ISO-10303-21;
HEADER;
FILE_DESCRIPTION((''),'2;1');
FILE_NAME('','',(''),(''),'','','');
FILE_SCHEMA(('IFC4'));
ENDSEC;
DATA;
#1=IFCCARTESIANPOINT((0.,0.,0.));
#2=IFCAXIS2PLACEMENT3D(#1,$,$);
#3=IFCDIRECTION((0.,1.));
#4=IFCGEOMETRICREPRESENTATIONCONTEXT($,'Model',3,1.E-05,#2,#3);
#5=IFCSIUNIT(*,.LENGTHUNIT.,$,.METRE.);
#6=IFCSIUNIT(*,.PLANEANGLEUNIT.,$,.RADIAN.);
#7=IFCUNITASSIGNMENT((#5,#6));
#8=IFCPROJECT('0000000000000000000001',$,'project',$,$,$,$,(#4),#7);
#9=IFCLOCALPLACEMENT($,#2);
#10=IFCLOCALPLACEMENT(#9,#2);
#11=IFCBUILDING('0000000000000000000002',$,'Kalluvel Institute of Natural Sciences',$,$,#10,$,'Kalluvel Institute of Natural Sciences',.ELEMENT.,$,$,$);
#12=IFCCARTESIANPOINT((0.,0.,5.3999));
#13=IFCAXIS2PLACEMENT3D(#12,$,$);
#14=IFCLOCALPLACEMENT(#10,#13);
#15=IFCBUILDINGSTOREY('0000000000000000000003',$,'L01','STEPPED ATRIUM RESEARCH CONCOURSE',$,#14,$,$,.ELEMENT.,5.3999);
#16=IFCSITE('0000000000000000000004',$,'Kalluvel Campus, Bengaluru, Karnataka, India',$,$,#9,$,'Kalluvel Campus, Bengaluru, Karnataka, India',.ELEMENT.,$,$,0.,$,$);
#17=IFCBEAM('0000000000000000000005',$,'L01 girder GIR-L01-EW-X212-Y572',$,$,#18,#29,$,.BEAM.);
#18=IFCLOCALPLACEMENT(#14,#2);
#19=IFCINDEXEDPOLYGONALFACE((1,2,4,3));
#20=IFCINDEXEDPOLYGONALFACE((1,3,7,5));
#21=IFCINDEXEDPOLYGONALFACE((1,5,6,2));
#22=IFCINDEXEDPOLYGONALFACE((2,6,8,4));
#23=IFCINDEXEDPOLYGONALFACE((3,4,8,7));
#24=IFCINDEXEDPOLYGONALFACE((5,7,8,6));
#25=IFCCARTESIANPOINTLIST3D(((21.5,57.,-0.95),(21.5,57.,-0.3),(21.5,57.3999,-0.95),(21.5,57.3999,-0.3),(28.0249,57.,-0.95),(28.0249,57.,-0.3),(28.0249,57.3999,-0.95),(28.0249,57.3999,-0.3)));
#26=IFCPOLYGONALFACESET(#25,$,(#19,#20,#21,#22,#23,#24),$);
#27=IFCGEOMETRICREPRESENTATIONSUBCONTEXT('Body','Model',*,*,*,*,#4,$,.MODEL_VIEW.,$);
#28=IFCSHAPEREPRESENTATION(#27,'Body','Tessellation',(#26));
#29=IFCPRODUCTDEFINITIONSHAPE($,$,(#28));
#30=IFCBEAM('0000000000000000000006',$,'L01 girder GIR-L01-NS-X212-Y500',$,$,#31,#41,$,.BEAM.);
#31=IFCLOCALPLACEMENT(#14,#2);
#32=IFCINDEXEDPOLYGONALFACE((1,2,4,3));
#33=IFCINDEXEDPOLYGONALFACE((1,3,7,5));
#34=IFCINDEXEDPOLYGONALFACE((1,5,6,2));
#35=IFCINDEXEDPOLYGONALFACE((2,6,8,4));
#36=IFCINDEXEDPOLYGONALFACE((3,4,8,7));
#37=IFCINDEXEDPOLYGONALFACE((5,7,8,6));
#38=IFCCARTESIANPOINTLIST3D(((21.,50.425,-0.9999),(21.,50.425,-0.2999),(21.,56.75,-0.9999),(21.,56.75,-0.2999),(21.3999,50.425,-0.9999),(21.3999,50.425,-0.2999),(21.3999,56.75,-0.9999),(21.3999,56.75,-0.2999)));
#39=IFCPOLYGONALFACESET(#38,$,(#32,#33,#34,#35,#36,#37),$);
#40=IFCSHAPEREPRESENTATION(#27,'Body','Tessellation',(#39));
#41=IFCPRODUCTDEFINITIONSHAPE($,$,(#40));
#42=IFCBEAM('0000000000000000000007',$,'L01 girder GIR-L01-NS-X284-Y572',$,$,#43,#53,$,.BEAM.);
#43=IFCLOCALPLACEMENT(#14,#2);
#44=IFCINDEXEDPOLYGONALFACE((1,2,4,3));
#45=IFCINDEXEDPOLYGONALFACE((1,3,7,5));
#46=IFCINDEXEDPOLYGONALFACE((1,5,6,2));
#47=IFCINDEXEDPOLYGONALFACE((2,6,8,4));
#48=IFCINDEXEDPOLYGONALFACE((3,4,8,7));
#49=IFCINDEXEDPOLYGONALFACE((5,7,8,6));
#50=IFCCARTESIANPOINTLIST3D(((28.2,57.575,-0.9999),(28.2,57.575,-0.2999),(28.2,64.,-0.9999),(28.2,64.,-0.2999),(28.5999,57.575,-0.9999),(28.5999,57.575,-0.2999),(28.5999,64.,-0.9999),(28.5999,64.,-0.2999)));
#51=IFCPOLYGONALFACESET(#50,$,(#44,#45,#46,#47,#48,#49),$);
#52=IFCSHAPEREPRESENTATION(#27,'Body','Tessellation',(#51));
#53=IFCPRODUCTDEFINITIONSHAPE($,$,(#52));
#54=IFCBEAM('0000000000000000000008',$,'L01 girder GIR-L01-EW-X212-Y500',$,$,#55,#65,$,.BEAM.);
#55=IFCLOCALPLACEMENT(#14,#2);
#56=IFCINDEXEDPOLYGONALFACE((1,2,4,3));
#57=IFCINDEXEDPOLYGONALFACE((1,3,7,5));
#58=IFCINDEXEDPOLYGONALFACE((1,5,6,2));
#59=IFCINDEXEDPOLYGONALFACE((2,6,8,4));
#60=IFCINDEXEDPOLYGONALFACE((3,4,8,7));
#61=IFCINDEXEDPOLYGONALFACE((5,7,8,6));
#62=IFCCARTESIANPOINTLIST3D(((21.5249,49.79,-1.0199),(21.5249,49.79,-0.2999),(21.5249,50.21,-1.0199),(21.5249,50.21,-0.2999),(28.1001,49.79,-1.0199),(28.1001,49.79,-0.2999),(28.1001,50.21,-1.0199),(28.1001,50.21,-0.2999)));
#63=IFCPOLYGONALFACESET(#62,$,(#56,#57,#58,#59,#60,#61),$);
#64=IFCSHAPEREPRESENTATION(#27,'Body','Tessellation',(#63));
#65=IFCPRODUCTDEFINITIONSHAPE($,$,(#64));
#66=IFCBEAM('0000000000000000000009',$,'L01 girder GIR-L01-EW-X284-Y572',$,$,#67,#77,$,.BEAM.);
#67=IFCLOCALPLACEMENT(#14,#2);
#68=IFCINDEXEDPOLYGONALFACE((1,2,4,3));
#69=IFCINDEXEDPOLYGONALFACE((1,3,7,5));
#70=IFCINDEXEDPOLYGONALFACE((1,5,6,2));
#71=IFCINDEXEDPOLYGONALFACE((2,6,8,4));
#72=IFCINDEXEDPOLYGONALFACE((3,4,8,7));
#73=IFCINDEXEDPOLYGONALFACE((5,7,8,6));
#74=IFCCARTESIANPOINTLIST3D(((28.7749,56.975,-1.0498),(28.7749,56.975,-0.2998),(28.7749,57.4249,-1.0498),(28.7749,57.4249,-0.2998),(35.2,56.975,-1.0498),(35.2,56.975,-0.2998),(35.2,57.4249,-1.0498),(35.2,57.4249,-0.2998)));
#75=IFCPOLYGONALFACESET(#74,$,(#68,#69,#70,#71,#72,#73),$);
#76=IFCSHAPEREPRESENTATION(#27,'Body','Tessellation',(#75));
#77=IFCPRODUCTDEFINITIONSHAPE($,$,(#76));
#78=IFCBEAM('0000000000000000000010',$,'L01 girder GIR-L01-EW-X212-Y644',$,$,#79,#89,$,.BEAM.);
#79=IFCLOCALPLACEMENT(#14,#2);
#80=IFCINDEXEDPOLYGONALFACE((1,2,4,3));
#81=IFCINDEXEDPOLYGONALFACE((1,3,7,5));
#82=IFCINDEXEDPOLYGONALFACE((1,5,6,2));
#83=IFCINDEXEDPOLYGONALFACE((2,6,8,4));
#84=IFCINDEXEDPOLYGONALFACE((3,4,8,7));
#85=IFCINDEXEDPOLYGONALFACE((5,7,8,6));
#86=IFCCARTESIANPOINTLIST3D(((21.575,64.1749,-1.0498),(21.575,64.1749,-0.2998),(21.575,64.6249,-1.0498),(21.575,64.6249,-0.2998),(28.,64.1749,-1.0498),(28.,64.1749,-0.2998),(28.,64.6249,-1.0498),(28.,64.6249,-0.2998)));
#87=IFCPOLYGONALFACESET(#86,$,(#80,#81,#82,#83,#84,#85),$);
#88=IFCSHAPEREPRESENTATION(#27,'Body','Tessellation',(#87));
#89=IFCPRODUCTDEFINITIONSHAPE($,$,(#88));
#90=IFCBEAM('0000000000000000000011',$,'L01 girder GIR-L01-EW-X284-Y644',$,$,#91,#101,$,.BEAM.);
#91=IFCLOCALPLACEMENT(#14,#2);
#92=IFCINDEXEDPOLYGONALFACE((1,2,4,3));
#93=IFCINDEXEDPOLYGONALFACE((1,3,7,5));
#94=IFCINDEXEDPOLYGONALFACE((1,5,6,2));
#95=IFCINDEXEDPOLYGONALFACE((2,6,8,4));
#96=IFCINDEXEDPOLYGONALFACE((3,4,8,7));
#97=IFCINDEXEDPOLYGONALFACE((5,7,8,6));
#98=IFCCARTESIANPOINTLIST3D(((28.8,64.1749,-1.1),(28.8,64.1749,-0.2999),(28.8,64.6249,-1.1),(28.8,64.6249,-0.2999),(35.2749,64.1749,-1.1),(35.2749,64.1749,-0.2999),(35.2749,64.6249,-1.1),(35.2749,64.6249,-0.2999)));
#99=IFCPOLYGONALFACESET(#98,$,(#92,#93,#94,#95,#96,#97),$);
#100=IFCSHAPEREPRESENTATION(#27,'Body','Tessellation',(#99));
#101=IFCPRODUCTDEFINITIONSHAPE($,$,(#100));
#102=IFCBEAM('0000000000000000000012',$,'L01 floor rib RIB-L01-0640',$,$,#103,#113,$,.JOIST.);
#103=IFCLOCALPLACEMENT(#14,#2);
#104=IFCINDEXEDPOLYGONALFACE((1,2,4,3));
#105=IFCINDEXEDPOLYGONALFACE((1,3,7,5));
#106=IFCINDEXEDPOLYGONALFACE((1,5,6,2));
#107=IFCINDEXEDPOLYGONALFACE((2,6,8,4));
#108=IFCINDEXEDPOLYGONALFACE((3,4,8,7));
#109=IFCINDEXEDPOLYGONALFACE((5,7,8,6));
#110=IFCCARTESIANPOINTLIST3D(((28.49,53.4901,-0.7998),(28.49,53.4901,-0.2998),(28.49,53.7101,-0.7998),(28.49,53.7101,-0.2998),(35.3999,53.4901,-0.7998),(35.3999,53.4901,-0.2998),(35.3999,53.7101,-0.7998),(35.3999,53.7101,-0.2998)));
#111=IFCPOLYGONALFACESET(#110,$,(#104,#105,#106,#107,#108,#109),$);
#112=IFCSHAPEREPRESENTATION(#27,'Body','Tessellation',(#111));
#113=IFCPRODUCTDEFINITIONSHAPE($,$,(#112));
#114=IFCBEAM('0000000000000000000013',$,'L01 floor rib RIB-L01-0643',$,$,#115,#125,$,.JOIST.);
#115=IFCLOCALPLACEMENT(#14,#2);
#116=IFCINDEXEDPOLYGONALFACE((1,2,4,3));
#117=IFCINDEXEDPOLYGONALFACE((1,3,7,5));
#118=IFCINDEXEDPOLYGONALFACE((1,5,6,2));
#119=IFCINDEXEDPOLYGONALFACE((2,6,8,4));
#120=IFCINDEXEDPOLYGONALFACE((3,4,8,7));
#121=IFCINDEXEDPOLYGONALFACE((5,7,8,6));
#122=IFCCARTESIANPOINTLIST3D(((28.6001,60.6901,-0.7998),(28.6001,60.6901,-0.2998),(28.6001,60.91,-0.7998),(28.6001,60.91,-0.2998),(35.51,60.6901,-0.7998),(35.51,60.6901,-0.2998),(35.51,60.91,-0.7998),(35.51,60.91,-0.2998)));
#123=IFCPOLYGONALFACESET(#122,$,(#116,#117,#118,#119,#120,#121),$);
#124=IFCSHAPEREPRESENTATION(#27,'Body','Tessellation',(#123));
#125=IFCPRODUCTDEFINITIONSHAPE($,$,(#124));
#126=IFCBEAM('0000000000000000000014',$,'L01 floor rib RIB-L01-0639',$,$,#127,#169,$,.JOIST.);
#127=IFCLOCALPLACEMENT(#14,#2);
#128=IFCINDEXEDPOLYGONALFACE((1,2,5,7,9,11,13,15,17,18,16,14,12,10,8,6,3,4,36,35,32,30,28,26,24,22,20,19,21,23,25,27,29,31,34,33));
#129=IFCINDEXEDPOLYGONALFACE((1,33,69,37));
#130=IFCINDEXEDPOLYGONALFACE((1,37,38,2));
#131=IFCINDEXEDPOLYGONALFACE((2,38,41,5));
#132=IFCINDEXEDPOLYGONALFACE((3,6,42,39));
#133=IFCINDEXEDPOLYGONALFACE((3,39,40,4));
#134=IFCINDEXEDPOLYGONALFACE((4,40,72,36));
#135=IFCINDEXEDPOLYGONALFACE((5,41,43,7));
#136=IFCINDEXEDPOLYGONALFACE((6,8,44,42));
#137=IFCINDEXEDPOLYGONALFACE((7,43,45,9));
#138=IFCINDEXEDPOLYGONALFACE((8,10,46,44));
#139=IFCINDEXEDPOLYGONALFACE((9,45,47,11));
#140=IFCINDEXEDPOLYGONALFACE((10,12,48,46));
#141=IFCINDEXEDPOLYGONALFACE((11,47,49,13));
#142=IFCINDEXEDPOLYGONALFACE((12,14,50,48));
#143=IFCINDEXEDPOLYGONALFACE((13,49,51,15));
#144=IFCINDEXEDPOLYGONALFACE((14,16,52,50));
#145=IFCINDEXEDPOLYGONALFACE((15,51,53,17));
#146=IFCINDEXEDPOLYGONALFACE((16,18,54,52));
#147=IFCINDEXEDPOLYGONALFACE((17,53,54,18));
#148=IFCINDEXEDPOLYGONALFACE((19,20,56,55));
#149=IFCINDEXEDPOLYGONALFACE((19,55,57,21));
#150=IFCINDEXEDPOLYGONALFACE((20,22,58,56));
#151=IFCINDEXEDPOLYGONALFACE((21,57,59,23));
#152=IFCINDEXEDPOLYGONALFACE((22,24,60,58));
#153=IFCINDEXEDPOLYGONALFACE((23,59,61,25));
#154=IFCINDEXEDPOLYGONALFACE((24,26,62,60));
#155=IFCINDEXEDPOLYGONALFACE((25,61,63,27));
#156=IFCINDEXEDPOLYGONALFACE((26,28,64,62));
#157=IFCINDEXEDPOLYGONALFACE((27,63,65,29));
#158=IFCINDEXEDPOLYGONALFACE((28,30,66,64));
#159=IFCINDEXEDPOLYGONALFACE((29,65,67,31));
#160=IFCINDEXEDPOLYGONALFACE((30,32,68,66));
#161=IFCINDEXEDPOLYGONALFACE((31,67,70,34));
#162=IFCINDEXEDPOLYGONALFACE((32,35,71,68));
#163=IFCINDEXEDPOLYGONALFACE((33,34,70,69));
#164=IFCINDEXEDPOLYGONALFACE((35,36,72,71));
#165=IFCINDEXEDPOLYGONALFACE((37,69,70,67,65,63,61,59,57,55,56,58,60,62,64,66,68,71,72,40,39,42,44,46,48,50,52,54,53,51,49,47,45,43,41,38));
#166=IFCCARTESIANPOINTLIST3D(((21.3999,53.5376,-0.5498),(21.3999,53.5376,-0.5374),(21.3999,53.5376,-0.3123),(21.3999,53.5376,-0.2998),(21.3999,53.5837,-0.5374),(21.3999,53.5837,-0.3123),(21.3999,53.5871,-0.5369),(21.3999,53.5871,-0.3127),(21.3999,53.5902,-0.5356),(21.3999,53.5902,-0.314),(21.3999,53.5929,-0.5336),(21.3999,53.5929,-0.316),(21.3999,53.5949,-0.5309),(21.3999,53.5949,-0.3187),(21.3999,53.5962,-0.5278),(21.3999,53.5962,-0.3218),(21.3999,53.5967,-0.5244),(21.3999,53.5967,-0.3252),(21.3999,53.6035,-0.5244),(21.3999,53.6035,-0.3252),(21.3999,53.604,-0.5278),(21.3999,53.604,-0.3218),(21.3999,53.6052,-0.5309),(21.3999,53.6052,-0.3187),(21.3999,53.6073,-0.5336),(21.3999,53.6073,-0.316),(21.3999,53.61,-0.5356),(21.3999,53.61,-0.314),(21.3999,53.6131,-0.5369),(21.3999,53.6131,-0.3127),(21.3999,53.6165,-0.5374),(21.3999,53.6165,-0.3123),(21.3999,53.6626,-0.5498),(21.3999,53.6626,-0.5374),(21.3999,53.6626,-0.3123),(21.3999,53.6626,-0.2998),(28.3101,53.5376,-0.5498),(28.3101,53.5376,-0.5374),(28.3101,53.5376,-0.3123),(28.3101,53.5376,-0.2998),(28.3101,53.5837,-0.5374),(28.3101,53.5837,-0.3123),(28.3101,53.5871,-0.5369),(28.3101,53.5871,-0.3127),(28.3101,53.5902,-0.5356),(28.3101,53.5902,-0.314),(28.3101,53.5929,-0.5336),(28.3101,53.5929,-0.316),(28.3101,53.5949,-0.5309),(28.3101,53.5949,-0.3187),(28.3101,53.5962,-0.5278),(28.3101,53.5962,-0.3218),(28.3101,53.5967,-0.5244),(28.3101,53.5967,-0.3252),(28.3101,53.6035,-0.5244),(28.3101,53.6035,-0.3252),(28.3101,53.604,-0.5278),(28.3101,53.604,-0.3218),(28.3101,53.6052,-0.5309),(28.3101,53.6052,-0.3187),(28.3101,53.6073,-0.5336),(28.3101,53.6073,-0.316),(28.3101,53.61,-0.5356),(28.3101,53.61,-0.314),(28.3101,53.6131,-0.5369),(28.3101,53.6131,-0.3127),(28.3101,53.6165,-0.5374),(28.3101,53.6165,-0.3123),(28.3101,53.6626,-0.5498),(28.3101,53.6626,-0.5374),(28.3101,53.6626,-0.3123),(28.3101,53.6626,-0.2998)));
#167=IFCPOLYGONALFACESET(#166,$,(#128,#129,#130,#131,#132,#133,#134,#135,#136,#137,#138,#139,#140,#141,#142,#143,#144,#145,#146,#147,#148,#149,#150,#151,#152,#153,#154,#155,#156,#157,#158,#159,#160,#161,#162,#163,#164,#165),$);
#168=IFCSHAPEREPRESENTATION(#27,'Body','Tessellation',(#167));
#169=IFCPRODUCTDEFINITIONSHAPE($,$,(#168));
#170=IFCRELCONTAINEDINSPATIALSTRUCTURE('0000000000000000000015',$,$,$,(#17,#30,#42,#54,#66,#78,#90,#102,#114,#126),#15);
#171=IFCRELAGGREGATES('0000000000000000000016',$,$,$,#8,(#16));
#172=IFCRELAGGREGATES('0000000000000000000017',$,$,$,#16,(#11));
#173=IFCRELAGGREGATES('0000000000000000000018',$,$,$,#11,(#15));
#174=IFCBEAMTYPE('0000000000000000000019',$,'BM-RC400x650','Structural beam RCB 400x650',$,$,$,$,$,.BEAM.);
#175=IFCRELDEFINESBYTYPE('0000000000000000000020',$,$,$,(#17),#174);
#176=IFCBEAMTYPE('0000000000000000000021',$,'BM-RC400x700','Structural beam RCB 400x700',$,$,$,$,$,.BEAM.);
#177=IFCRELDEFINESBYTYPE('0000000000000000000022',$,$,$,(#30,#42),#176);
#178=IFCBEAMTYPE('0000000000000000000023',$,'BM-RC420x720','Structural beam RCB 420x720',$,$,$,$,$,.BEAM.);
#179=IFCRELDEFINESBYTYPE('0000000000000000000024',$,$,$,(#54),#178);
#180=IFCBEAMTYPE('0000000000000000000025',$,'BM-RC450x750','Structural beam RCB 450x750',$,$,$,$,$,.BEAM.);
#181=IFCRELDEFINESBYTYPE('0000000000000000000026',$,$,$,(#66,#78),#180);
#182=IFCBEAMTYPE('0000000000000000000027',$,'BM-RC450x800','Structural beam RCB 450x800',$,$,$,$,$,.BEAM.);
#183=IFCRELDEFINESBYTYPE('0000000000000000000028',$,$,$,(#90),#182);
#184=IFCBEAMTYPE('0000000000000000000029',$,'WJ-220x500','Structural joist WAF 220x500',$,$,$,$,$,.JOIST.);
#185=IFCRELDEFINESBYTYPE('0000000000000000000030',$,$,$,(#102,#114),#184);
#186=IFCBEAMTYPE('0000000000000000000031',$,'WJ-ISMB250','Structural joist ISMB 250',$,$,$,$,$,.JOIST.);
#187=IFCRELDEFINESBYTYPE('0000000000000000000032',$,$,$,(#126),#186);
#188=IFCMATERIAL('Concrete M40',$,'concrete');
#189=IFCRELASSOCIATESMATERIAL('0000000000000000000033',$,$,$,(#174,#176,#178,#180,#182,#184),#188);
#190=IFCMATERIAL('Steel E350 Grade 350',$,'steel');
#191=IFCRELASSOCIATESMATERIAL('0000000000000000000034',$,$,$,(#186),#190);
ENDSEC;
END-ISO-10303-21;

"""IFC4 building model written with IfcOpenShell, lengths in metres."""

from ifc_helpers import new_model, si_unit, direction, frame, origin, origin_2d, place, context, subcontext, project, spatial, rectangle, i_section, extrude, material, material_profile, profile_set, type_object, element, save


model = new_model("IFC4")

# Units and contexts
model_context = context("Model", 3, precision=1e-05, world=origin(), true_north=direction((0.0, 1.0)))
body_context = subcontext(model_context, "Body", "Model", "MODEL_VIEW")
ifc_project = project(units=[si_unit("LENGTHUNIT", "METRE"), si_unit("PLANEANGLEUNIT", "RADIAN")], contexts=[model_context])

# Site, building, storey
site_placement = place(None, origin())
site = spatial("IfcSite", under=ifc_project, at=site_placement, Name="Kalluvel Campus, Bengaluru, Karnataka, India", LongName="Kalluvel Campus, Bengaluru, Karnataka, India", CompositionType="ELEMENT", RefElevation=0.0)
building_placement = place(site_placement, origin())
building = spatial("IfcBuilding", under=site, at=building_placement, Name="Kalluvel Institute of Natural Sciences", LongName="Kalluvel Institute of Natural Sciences", CompositionType="ELEMENT")
storey_placement = place(building_placement, frame((0.0, 0.0, 5.3999)))
storey = spatial("IfcBuildingStorey", under=building, at=storey_placement, Name="L01", Description="STEPPED ATRIUM RESEARCH CONCOURSE", CompositionType="ELEMENT", Elevation=5.3999)

# Beams
ifc_material_1 = material(Name="Steel E350 Grade 350", Category="steel")
ifc_material_2 = material(Name="Concrete M40", Category="concrete")
ifc_material_profile_1 = material_profile(ifc_material_2, rectangle(XDim=0.3999, YDim=0.6499, at=origin_2d()), Name="RCB 400x650")
ifc_profile_set_1 = profile_set([ifc_material_profile_1], Name="Concrete M40")
beam_type_1 = type_object("IfcBeamType", Name="BM-RC400x650", Description="Structural beam RCB 400x650", PredefinedType="BEAM", material=ifc_profile_set_1)
beam_1_placement = place(storey_placement, frame((21.5, 57.2, -0.625), z_axis=(1.0, 0.0, 0.0), x_axis=(0.0, 1.0, 0.0)))
element("IfcBeam", 1, at=beam_1_placement, inside=storey, type_object=beam_type_1, Name="L01 girder GIR-L01-EW-X212-Y572", PredefinedType="BEAM", context=body_context, shape_type="SweptSolid", body=[
    extrude(rectangle(XDim=0.3999, YDim=0.6499, at=origin_2d()), origin(), (0.0, 0.0, 1.0), 6.5249),
])
ifc_material_profile_2 = material_profile(ifc_material_2, rectangle(XDim=0.3999, YDim=0.7, at=origin_2d()), Name="RCB 400x700")
ifc_profile_set_2 = profile_set([ifc_material_profile_2], Name="Concrete M40")
beam_type_2 = type_object("IfcBeamType", Name="BM-RC400x700", Description="Structural beam RCB 400x700", PredefinedType="BEAM", material=ifc_profile_set_2)
beam_2_placement = place(storey_placement, frame((21.2, 50.425, -0.6499), z_axis=(0.0, 1.0, 0.0), x_axis=(-1.0, 0.0, 0.0)))
element("IfcBeam", 2, at=beam_2_placement, inside=storey, type_object=beam_type_2, Name="L01 girder GIR-L01-NS-X212-Y500", PredefinedType="BEAM", context=body_context, shape_type="SweptSolid", body=[
    extrude(rectangle(XDim=0.3999, YDim=0.7, at=origin_2d()), origin(), (0.0, 0.0, 1.0), 6.325),
])
beam_3_placement = place(storey_placement, frame((28.3999, 57.575, -0.6499), z_axis=(0.0, 1.0, 0.0), x_axis=(-1.0, 0.0, 0.0)))
element("IfcBeam", 3, at=beam_3_placement, inside=storey, type_object=beam_type_2, Name="L01 girder GIR-L01-NS-X284-Y572", PredefinedType="BEAM", context=body_context, shape_type="SweptSolid", body=[
    extrude(rectangle(XDim=0.3999, YDim=0.7, at=origin_2d()), origin(), (0.0, 0.0, 1.0), 6.425),
])
ifc_material_profile_3 = material_profile(ifc_material_2, rectangle(XDim=0.4199, YDim=0.72, at=origin_2d()), Name="RCB 420x720")
ifc_profile_set_3 = profile_set([ifc_material_profile_3], Name="Concrete M40")
beam_type_3 = type_object("IfcBeamType", Name="BM-RC420x720", Description="Structural beam RCB 420x720", PredefinedType="BEAM", material=ifc_profile_set_3)
beam_4_placement = place(storey_placement, frame((21.5249, 50.0, -0.6599), z_axis=(1.0, 0.0, 0.0), x_axis=(0.0, 1.0, 0.0)))
element("IfcBeam", 4, at=beam_4_placement, inside=storey, type_object=beam_type_3, Name="L01 girder GIR-L01-EW-X212-Y500", PredefinedType="BEAM", context=body_context, shape_type="SweptSolid", body=[
    extrude(rectangle(XDim=0.4199, YDim=0.72, at=origin_2d()), origin(), (0.0, 0.0, 1.0), 6.5752),
])
ifc_material_profile_4 = material_profile(ifc_material_2, rectangle(XDim=0.45, YDim=0.75, at=origin_2d()), Name="RCB 450x750")
ifc_profile_set_4 = profile_set([ifc_material_profile_4], Name="Concrete M40")
beam_type_4 = type_object("IfcBeamType", Name="BM-RC450x750", Description="Structural beam RCB 450x750", PredefinedType="BEAM", material=ifc_profile_set_4)
for number, where, z_axis, x_axis, name in (
    (5, (28.7749, 57.2, -0.6748), (1.0, 0.0, 0.0), (0.0, 1.0, 0.0), "L01 girder GIR-L01-EW-X284-Y572"),
    (6, (21.575, 64.3999, -0.6748), (1.0, 0.0, 0.0), (0.0, 1.0, 0.0), "L01 girder GIR-L01-EW-X212-Y644"),
):
    element("IfcBeam", number, at=place(storey_placement, frame(where, z_axis=z_axis, x_axis=x_axis)), inside=storey, type_object=beam_type_4, Name=name, PredefinedType="BEAM", context=body_context, shape_type="SweptSolid", body=[
        extrude(rectangle(XDim=0.45, YDim=0.75, at=origin_2d()), origin(), (0.0, 0.0, 1.0), 6.425),
    ])
ifc_material_profile_5 = material_profile(ifc_material_2, rectangle(XDim=0.45, YDim=0.8, at=origin_2d()), Name="RCB 450x800")
ifc_profile_set_5 = profile_set([ifc_material_profile_5], Name="Concrete M40")
beam_type_5 = type_object("IfcBeamType", Name="BM-RC450x800", Description="Structural beam RCB 450x800", PredefinedType="BEAM", material=ifc_profile_set_5)
beam_5_placement = place(storey_placement, frame((28.8, 64.3999, -0.7), z_axis=(1.0, 0.0, 0.0), x_axis=(0.0, 1.0, 0.0)))
element("IfcBeam", 7, at=beam_5_placement, inside=storey, type_object=beam_type_5, Name="L01 girder GIR-L01-EW-X284-Y644", PredefinedType="BEAM", context=body_context, shape_type="SweptSolid", body=[
    extrude(rectangle(XDim=0.45, YDim=0.8, at=origin_2d()), origin(), (0.0, 0.0, 1.0), 6.4749),
])
ifc_material_profile_6 = material_profile(ifc_material_2, rectangle(XDim=0.22, YDim=0.5, at=origin_2d()), Name="WAF 220x500")
ifc_profile_set_6 = profile_set([ifc_material_profile_6], Name="Concrete M40")
beam_type_6 = type_object("IfcBeamType", Name="WJ-220x500", Description="Structural joist WAF 220x500", PredefinedType="JOIST", material=ifc_profile_set_6)
for number, where, z_axis, x_axis, name in (
    (8, (28.49, 53.6001, -0.5498), (1.0, 0.0, 0.0), (0.0, 1.0, 0.0), "L01 floor rib RIB-L01-0640"),
    (9, (28.6001, 60.8, -0.5498), (1.0, 0.0, 0.0), (0.0, 1.0, 0.0), "L01 floor rib RIB-L01-0643"),
):
    element("IfcBeam", number, at=place(storey_placement, frame(where, z_axis=z_axis, x_axis=x_axis)), inside=storey, type_object=beam_type_6, Name=name, PredefinedType="JOIST", context=body_context, shape_type="SweptSolid", body=[
        extrude(rectangle(XDim=0.22, YDim=0.5, at=origin_2d()), origin(), (0.0, 0.0, 1.0), 6.9099),
    ])
ifc_material_profile_7 = material_profile(ifc_material_1, i_section(OverallWidth=0.125, OverallDepth=0.25, WebThickness=0.0068, FlangeThickness=0.0125, FilletRadius=0.0129, at=origin_2d()), Name="ISMB 250")
ifc_profile_set_7 = profile_set([ifc_material_profile_7], Name="Steel E350 Grade 350")
beam_type_7 = type_object("IfcBeamType", Name="WJ-ISMB250", Description="Structural joist ISMB 250", PredefinedType="JOIST", material=ifc_profile_set_7)
beam_6_placement = place(storey_placement, frame((21.3999, 53.6001, -0.4248), z_axis=(1.0, 0.0, 0.0), x_axis=(0.0, 1.0, 0.0)))
element("IfcBeam", 10, at=beam_6_placement, inside=storey, type_object=beam_type_7, Name="L01 floor rib RIB-L01-0639", PredefinedType="JOIST", context=body_context, shape_type="SweptSolid", body=[
    extrude(i_section(OverallWidth=0.125, OverallDepth=0.25, WebThickness=0.0068, FlangeThickness=0.0125, FilletRadius=0.0129, at=origin_2d()), origin(), (0.0, 0.0, 1.0), 6.9102),
])

save(model, "model.ifc")
